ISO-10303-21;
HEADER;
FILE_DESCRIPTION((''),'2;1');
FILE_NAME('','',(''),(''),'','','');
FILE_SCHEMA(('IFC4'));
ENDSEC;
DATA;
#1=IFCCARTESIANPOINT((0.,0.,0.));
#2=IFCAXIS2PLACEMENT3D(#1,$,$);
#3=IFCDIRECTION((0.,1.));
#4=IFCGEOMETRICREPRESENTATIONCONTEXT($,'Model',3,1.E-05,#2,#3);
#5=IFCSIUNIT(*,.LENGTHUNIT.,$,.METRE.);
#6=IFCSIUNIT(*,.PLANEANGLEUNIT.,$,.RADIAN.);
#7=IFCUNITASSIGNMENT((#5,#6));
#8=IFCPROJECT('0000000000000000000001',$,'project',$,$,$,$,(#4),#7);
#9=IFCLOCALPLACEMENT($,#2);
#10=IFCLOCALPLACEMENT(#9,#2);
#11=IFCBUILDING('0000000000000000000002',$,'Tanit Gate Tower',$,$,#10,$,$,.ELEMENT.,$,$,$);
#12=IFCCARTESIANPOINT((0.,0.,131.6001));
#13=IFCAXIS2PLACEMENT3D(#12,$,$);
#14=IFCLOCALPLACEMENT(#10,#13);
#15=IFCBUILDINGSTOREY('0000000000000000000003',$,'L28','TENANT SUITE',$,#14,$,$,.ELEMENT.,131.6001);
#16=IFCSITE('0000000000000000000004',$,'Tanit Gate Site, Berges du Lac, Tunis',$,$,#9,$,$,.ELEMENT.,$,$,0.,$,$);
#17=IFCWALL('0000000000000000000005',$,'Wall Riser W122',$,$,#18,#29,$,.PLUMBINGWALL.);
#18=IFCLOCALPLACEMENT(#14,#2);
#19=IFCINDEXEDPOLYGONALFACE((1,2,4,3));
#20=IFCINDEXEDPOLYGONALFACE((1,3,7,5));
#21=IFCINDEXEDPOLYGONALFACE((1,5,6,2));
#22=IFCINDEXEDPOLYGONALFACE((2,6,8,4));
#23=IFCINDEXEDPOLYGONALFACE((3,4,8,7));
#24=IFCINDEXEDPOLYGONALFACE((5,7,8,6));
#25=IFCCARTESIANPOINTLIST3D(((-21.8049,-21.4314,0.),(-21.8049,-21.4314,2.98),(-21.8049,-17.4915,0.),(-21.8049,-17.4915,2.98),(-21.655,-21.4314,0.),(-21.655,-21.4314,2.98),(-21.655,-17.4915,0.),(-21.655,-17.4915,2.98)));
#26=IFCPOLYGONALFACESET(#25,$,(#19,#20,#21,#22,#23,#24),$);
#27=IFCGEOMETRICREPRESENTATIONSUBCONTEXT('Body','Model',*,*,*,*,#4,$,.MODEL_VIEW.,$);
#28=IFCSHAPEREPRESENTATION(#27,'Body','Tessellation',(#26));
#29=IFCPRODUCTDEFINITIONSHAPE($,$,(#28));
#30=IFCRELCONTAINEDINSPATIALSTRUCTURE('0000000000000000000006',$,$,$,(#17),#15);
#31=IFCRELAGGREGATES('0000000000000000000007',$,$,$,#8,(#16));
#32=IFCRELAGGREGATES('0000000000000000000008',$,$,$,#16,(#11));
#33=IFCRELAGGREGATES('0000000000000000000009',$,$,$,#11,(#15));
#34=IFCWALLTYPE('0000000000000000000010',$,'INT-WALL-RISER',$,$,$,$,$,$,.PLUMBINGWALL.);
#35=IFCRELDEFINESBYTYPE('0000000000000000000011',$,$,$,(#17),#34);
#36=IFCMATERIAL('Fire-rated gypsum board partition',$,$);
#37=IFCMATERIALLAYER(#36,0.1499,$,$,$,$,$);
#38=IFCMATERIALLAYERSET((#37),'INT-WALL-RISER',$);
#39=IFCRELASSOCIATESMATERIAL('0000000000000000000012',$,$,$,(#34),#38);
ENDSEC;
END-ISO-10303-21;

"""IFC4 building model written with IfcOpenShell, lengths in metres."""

from ifc_helpers import new_model, si_unit, direction, frame, frame_2d, origin, place, context, subcontext, project, spatial, rectangle, extrude, material, layer, layer_set, type_object, element, save


model = new_model("IFC4")

# Units and contexts
model_context = context("Model", 3, precision=1e-05, world=origin(), true_north=direction((0.0, 1.0)))
body_context = subcontext(model_context, "Body", "Model", "MODEL_VIEW")
ifc_project = project(units=[si_unit("LENGTHUNIT", "METRE"), si_unit("PLANEANGLEUNIT", "RADIAN")], contexts=[model_context])

# Site, building, storey
site_placement = place(None, origin())
site = spatial("IfcSite", under=ifc_project, at=site_placement, Name="Tanit Gate Site, Berges du Lac, Tunis", CompositionType="ELEMENT", RefElevation=0.0)
building_placement = place(site_placement, origin())
building = spatial("IfcBuilding", under=site, at=building_placement, Name="Tanit Gate Tower", CompositionType="ELEMENT")
storey_placement = place(building_placement, frame((0.0, 0.0, 131.6001)))
storey = spatial("IfcBuildingStorey", under=building, at=storey_placement, Name="L28", Description="TENANT SUITE", CompositionType="ELEMENT", Elevation=131.6001)

# Wall
ifc_material_1 = material(Name="Fire-rated gypsum board partition")
ifc_layer_1 = layer(ifc_material_1, 0.1499)
ifc_layer_set_1 = layer_set([ifc_layer_1], Name="INT-WALL-RISER")
wall_type_1 = type_object("IfcWallType", Name="INT-WALL-RISER", PredefinedType="PLUMBINGWALL", material=ifc_layer_set_1)
wall_1_placement = place(storey_placement, frame((-21.73, -21.4314, 0.0), z_axis=(0.0, 0.0, 1.0), x_axis=(0.0, 1.0, 0.0)))
element("IfcWall", 1, at=wall_1_placement, inside=storey, type_object=wall_type_1, Name="Wall Riser W122", PredefinedType="PLUMBINGWALL", context=body_context, shape_type="SweptSolid", body=[
    extrude(rectangle(XDim=3.9399, YDim=0.1499, at=frame_2d((1.97, 0.0))), origin(), (0.0, 0.0, 1.0), 2.98),
])

save(model, "model.ifc")
